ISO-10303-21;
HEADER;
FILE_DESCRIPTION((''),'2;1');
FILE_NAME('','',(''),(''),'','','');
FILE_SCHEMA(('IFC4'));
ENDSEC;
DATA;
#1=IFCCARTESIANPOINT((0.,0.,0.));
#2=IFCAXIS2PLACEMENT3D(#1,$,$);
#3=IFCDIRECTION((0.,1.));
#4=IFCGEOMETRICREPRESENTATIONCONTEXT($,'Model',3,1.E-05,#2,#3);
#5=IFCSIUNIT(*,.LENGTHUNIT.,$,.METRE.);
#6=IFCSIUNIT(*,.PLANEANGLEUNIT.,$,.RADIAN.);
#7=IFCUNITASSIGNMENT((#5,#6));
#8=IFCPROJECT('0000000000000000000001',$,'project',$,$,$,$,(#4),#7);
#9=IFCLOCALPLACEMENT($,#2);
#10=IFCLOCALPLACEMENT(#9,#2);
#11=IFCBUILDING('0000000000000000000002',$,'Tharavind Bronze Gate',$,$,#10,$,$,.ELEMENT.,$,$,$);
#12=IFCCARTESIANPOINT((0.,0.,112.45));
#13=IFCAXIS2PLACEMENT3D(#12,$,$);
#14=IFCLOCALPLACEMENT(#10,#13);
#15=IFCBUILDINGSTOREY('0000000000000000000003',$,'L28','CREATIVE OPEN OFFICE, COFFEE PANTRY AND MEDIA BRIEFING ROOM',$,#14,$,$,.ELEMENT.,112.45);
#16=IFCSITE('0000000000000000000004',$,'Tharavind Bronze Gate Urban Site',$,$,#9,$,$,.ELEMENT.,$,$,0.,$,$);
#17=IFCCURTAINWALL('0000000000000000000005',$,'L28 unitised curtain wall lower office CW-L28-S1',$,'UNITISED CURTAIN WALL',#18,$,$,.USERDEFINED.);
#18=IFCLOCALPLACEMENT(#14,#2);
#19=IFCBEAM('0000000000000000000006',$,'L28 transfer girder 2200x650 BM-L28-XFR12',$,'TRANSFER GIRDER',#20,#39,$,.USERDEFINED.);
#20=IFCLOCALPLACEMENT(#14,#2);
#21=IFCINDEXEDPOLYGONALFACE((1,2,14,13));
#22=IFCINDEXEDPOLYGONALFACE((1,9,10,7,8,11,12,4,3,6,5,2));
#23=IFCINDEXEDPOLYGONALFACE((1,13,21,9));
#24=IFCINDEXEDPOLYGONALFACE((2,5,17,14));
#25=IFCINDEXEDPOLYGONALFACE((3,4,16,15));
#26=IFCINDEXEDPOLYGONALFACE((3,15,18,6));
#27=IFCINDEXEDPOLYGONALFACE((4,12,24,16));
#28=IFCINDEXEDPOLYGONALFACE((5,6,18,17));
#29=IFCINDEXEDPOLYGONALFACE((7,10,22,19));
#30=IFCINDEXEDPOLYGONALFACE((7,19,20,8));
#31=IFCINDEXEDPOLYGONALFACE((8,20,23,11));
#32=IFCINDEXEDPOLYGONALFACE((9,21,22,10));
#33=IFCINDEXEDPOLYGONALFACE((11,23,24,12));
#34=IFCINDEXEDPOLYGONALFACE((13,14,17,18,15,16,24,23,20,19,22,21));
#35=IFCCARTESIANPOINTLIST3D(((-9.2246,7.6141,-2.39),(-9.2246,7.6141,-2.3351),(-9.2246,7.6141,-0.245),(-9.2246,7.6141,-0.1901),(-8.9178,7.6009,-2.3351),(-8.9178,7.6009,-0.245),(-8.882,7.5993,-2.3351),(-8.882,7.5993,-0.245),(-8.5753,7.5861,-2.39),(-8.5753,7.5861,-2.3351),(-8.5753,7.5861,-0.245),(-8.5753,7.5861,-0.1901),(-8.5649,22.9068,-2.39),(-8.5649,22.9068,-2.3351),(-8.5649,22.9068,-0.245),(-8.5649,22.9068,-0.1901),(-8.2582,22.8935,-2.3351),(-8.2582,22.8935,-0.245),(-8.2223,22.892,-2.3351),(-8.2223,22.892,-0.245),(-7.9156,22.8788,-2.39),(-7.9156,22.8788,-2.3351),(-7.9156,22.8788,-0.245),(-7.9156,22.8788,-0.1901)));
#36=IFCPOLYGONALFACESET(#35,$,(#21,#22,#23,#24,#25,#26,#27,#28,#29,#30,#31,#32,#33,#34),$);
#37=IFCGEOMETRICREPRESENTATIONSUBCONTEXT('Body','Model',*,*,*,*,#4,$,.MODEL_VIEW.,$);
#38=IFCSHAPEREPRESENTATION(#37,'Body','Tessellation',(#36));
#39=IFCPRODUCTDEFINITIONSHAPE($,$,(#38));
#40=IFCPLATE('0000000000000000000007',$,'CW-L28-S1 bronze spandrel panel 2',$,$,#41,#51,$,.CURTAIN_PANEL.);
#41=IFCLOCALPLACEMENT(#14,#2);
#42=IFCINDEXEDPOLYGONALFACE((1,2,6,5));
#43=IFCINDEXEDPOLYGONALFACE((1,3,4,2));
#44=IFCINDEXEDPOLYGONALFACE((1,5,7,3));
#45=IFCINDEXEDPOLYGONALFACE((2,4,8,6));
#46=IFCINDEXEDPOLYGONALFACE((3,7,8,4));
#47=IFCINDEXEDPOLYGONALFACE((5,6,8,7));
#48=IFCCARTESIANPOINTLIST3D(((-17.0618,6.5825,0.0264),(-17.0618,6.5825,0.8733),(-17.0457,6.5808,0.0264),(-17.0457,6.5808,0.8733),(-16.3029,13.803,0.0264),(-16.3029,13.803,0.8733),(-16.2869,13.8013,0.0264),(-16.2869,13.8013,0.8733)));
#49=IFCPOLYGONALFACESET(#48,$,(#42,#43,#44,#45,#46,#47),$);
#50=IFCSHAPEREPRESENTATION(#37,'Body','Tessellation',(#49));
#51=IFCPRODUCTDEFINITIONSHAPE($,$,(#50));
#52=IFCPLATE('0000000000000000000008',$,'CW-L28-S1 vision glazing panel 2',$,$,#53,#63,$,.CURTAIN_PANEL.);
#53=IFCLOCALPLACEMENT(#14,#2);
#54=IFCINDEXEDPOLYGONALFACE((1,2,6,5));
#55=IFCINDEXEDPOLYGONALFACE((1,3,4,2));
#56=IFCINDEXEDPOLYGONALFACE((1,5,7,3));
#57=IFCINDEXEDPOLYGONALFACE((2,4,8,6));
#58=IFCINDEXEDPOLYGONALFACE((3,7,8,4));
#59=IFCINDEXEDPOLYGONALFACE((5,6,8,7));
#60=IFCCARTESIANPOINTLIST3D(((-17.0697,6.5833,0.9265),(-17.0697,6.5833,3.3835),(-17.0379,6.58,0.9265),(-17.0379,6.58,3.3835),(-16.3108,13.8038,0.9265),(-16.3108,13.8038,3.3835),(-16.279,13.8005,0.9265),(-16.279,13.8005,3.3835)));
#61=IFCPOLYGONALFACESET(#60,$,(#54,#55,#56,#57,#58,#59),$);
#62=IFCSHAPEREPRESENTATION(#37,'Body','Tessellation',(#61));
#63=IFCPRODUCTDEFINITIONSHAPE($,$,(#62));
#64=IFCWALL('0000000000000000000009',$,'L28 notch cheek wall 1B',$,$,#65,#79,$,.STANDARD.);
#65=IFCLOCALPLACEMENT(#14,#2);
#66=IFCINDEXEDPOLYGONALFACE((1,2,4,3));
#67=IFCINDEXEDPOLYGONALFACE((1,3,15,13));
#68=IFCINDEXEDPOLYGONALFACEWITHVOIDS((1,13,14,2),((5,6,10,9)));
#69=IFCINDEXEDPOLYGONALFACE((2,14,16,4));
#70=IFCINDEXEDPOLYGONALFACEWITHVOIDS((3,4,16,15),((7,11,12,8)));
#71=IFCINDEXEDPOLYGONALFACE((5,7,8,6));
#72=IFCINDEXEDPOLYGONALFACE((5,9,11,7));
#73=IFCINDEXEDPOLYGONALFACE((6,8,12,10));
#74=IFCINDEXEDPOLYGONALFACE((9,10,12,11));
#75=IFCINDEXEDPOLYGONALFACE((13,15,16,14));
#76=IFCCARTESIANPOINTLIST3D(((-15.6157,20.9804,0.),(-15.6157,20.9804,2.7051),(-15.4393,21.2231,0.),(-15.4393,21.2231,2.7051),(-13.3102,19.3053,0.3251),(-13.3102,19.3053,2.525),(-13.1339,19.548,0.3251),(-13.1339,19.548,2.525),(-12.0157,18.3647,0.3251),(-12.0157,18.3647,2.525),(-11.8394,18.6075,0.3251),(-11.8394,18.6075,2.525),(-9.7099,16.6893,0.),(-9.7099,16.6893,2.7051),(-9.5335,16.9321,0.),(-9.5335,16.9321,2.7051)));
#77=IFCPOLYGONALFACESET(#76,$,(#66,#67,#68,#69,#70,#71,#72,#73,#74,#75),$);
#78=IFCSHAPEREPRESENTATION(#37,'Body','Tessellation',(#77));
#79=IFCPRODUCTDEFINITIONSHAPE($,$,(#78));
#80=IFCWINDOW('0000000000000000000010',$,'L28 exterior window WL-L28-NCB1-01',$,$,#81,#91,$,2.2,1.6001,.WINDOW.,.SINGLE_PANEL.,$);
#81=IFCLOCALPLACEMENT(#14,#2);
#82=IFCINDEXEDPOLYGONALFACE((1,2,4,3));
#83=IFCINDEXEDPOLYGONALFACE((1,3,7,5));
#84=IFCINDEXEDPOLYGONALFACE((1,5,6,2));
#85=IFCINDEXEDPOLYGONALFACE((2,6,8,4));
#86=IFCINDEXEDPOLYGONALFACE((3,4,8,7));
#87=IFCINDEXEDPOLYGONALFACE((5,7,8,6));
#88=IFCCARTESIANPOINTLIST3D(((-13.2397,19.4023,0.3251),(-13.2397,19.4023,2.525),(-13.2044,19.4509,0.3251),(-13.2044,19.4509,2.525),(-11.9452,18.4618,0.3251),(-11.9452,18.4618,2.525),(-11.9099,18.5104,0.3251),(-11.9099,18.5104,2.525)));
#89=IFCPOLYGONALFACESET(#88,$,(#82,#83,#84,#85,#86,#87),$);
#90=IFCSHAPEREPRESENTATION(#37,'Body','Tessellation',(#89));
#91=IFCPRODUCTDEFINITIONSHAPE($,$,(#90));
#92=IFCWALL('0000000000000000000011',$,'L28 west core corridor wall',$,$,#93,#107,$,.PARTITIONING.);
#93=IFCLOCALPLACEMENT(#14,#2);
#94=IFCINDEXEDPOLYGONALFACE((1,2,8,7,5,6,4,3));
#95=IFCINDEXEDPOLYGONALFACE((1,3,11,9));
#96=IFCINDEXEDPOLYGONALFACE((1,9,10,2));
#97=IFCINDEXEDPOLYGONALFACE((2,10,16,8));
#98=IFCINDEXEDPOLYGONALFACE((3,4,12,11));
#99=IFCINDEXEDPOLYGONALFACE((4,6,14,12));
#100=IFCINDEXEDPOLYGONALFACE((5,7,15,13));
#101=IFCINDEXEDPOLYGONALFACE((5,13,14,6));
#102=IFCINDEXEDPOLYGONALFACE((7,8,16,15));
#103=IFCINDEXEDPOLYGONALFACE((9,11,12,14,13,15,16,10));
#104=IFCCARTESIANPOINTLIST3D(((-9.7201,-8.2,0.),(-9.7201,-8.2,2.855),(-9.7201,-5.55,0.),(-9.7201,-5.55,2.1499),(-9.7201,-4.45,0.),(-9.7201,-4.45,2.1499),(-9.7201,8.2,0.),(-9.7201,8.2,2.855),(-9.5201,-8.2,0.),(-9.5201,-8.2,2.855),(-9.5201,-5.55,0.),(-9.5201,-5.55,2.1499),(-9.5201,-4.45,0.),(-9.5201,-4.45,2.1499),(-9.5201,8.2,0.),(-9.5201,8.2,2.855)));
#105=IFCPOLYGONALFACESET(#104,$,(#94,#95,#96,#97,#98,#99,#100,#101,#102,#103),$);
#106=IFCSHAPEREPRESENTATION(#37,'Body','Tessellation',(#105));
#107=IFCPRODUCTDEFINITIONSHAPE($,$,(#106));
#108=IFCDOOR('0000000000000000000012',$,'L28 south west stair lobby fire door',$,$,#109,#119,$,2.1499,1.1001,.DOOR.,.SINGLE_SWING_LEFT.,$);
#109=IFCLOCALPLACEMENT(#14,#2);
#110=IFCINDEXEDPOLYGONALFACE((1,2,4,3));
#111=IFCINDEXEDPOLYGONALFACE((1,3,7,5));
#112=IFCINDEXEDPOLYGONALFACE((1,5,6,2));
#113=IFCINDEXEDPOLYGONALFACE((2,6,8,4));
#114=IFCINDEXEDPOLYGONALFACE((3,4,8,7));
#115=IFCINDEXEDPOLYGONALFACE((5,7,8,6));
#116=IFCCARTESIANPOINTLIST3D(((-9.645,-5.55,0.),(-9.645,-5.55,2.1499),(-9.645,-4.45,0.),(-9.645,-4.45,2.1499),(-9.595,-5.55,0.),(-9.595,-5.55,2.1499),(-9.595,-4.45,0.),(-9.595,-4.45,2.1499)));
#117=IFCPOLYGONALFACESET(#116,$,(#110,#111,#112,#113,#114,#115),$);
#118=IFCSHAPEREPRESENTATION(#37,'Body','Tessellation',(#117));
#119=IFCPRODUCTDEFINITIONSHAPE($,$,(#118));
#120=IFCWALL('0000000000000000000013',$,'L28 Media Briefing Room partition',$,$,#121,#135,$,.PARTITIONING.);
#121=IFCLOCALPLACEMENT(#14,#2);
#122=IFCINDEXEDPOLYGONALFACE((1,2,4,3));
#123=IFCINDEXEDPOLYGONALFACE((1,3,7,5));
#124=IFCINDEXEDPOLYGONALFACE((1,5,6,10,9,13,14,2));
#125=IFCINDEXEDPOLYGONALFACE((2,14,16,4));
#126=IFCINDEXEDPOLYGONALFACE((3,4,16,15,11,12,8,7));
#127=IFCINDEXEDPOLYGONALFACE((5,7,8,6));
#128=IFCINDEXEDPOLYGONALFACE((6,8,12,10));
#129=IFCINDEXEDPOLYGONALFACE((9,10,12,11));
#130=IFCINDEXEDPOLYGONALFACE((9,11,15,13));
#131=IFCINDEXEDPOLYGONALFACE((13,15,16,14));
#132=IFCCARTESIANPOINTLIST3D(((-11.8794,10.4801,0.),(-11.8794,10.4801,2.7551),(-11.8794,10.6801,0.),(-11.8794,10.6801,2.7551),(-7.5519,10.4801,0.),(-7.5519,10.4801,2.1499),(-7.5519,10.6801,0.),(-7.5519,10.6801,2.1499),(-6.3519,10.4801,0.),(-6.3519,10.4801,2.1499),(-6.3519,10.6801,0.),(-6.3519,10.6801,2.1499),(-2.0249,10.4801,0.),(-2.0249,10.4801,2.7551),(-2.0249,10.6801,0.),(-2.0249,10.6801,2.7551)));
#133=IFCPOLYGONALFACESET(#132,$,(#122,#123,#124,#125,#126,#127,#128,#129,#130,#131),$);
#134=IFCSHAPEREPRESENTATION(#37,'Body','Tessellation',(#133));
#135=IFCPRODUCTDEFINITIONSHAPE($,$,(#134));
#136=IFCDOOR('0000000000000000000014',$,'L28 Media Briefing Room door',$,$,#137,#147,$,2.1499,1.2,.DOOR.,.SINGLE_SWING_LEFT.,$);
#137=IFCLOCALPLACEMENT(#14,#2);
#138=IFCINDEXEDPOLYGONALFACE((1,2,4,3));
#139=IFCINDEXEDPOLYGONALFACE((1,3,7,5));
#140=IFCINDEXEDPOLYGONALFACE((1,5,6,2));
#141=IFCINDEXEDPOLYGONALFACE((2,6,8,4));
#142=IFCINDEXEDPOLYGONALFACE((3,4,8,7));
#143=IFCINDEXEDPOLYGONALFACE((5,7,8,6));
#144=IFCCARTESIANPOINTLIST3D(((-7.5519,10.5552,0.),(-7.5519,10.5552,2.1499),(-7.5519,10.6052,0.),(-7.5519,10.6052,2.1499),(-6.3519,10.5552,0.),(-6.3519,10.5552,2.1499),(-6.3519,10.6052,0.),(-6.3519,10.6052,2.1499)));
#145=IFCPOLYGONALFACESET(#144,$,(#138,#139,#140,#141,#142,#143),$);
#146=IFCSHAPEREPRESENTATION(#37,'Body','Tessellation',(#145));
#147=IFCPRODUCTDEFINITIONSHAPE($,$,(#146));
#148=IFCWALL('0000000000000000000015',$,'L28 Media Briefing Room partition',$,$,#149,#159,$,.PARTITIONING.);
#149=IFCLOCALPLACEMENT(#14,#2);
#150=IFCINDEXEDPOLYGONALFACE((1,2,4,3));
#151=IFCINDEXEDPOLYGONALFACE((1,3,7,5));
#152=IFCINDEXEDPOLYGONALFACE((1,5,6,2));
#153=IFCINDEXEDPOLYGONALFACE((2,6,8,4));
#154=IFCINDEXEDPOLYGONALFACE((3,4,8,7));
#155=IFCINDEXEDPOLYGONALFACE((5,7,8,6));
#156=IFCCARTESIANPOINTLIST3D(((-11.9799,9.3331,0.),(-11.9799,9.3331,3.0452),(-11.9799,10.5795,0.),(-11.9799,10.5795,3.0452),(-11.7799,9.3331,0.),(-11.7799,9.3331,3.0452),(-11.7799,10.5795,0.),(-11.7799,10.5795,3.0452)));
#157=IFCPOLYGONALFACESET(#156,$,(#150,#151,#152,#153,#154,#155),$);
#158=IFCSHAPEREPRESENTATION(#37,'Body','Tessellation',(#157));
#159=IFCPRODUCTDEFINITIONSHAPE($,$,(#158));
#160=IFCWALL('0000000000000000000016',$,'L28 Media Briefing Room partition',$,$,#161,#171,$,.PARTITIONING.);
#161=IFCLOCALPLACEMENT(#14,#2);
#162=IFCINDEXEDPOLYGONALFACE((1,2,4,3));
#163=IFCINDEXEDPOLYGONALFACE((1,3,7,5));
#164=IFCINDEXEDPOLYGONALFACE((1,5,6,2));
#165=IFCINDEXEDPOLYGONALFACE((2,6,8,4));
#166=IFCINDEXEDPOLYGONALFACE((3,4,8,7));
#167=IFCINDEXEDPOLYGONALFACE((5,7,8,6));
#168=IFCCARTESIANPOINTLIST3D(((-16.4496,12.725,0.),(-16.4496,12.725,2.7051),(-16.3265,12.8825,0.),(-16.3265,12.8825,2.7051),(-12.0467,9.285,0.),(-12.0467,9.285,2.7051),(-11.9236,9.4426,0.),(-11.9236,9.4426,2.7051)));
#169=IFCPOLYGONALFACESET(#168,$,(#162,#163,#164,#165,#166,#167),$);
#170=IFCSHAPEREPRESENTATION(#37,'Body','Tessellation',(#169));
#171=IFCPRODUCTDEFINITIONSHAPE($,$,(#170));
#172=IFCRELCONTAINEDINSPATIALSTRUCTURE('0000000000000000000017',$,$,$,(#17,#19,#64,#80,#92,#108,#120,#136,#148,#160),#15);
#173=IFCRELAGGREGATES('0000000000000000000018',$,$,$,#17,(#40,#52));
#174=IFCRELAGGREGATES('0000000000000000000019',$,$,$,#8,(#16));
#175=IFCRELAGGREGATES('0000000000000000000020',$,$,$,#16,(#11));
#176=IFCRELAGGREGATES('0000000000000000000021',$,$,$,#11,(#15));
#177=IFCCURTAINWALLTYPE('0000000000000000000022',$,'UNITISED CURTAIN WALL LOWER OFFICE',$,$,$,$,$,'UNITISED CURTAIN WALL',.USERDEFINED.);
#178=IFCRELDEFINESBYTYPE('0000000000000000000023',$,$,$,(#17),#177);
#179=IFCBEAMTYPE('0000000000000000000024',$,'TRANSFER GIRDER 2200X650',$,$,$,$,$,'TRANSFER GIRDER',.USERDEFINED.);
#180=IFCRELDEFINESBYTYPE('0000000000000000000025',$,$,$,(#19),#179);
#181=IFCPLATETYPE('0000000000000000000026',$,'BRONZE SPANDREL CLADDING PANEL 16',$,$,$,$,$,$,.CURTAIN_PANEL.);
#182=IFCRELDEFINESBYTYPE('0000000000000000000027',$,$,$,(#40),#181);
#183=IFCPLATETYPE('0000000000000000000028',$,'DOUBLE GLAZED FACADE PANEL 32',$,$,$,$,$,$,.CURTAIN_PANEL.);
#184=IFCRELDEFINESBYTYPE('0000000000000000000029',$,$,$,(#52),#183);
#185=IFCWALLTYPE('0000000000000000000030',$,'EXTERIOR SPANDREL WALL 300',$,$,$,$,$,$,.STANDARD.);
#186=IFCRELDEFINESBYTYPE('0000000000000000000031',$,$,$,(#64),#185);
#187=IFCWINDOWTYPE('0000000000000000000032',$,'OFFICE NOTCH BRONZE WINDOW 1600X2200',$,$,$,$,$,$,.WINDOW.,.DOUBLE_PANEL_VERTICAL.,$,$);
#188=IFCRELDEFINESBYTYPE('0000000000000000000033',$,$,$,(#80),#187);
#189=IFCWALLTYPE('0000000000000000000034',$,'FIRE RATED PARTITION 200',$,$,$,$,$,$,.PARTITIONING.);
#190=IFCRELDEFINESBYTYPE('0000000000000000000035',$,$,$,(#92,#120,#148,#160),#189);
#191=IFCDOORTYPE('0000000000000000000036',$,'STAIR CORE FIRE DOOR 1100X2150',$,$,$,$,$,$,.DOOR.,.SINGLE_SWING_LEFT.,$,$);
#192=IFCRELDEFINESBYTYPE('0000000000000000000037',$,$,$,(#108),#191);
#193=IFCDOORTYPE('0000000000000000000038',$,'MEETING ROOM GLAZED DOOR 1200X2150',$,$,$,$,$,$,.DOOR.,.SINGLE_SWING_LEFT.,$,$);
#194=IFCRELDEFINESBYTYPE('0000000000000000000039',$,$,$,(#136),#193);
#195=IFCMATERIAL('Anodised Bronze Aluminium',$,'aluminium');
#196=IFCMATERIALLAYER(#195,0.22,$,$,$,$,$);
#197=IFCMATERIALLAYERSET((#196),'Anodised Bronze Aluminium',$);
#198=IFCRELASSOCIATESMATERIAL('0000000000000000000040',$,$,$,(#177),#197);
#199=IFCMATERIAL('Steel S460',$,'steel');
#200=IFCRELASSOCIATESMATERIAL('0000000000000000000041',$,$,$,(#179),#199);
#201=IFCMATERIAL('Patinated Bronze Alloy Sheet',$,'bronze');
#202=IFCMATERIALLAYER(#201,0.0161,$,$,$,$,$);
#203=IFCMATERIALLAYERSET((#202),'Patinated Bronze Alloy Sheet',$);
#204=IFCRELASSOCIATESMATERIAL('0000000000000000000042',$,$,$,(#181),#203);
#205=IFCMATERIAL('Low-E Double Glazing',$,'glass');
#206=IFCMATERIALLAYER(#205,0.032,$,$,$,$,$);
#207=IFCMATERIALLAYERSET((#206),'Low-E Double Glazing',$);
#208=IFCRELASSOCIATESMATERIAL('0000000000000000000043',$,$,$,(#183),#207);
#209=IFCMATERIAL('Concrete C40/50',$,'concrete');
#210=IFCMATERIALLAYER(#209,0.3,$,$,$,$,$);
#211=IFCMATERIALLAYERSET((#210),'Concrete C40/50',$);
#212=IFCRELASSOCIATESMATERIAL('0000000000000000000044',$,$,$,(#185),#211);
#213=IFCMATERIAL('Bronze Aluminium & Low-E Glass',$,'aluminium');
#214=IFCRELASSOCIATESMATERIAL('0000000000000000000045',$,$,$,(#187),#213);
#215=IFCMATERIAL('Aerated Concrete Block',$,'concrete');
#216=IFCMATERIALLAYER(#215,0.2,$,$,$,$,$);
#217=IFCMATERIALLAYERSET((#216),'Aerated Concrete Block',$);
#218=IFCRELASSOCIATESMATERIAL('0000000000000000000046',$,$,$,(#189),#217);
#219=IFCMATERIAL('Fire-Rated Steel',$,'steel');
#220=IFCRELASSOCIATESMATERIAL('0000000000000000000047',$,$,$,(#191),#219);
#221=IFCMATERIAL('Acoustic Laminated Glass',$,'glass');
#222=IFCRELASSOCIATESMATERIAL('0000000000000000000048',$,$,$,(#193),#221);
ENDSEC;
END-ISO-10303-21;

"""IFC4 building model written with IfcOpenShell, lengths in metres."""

from ifc_helpers import new_model, si_unit, direction, frame, frame_2d, origin, origin_2d, place, context, subcontext, project, spatial, rectangle, i_section, extrude, material, layer, layer_set, material_profile, profile_set, type_object, element, fill, aggregate, save


model = new_model("IFC4")

# Units and contexts
model_context = context("Model", 3, precision=1e-05, world=origin(), true_north=direction((0.0, 1.0)))
body_context = subcontext(model_context, "Body", "Model", "MODEL_VIEW")
ifc_project = project(units=[si_unit("LENGTHUNIT", "METRE"), si_unit("PLANEANGLEUNIT", "RADIAN")], contexts=[model_context])

# Site, building, storey
site_placement = place(None, origin())
site = spatial("IfcSite", under=ifc_project, at=site_placement, Name="Tharavind Bronze Gate Urban Site", CompositionType="ELEMENT", RefElevation=0.0)
building_placement = place(site_placement, origin())
building = spatial("IfcBuilding", under=site, at=building_placement, Name="Tharavind Bronze Gate", CompositionType="ELEMENT")
storey_placement = place(building_placement, frame((0.0, 0.0, 112.45)))
storey = spatial("IfcBuildingStorey", under=building, at=storey_placement, Name="L28", Description="CREATIVE OPEN OFFICE, COFFEE PANTRY AND MEDIA BRIEFING ROOM", CompositionType="ELEMENT", Elevation=112.45)

# Curtain wall
ifc_material_1 = material(Name="Anodised Bronze Aluminium", Category="aluminium")
ifc_layer_1 = layer(ifc_material_1, 0.22)
ifc_layer_set_1 = layer_set([ifc_layer_1], Name="Anodised Bronze Aluminium")
curtain_wall_type = type_object("IfcCurtainWallType", Name="UNITISED CURTAIN WALL LOWER OFFICE", ElementType="UNITISED CURTAIN WALL", PredefinedType="USERDEFINED", material=ifc_layer_set_1)
curtain_wall_placement = place(storey_placement, origin())
curtain_wall = element("IfcCurtainWall", 1, at=curtain_wall_placement, inside=storey, type_object=curtain_wall_type, Name="L28 unitised curtain wall lower office CW-L28-S1", ObjectType="UNITISED CURTAIN WALL", PredefinedType="USERDEFINED")

# Beam
ifc_material_2 = material(Name="Steel S460", Category="steel")
ifc_material_profile_1 = material_profile(ifc_material_2, i_section(OverallWidth=0.6499, OverallDepth=2.2, WebThickness=0.0359, FlangeThickness=0.0549, at=origin_2d()), Name="PG2200X650")
ifc_profile_set_1 = profile_set([ifc_material_profile_1], Name="Steel S460")
beam_type_1 = type_object("IfcBeamType", Name="TRANSFER GIRDER 2200X650", ElementType="TRANSFER GIRDER", PredefinedType="USERDEFINED", material=ifc_profile_set_1)
beam_1_placement = place(storey_placement, frame((-8.8999, 7.6001, -1.29), z_axis=(0.043096, 0.999071, 0.0), x_axis=(-0.999071, 0.043096, 0.0)))
element("IfcBeam", 2, at=beam_1_placement, inside=storey, type_object=beam_type_1, Name="L28 transfer girder 2200x650 BM-L28-XFR12", ObjectType="TRANSFER GIRDER", PredefinedType="USERDEFINED", context=body_context, shape_type="SweptSolid", body=[
    extrude(i_section(OverallWidth=0.6499, OverallDepth=2.2, WebThickness=0.0359, FlangeThickness=0.0549, at=origin_2d()), origin(), (0.0, 0.0, 1.0), 15.3069),
])

# Plates
ifc_material_3 = material(Name="Patinated Bronze Alloy Sheet", Category="bronze")
ifc_layer_2 = layer(ifc_material_3, 0.0161)
ifc_layer_set_2 = layer_set([ifc_layer_2], Name="Patinated Bronze Alloy Sheet")
plate_type_1 = type_object("IfcPlateType", Name="BRONZE SPANDREL CLADDING PANEL 16", PredefinedType="CURTAIN_PANEL", material=ifc_layer_set_2)
plate_1_placement = place(storey_placement, frame((-16.6743, 10.1919, 0.0264), z_axis=(0.0, 0.0, 1.0), x_axis=(-0.104527, -0.994522, 0.0)))
plate_1 = element("IfcPlate", 3, at=plate_1_placement, type_object=plate_type_1, Name="CW-L28-S1 bronze spandrel panel 2", PredefinedType="CURTAIN_PANEL", context=body_context, shape_type="SweptSolid", body=[
    extrude(rectangle(XDim=7.2603, YDim=0.0161, at=origin_2d()), origin(), (0.0, 0.0, 1.0), 0.8469),
])
ifc_material_4 = material(Name="Low-E Double Glazing", Category="glass")
ifc_layer_3 = layer(ifc_material_4, 0.032)
ifc_layer_set_3 = layer_set([ifc_layer_3], Name="Low-E Double Glazing")
plate_type_2 = type_object("IfcPlateType", Name="DOUBLE GLAZED FACADE PANEL 32", PredefinedType="CURTAIN_PANEL", material=ifc_layer_set_3)
plate_2_placement = place(storey_placement, frame((-16.6743, 10.1919, 0.9265), z_axis=(0.0, 0.0, 1.0), x_axis=(-0.104527, -0.994522, 0.0)))
plate_2 = element("IfcPlate", 4, at=plate_2_placement, type_object=plate_type_2, Name="CW-L28-S1 vision glazing panel 2", PredefinedType="CURTAIN_PANEL", context=body_context, shape_type="SweptSolid", body=[
    extrude(rectangle(XDim=7.2603, YDim=0.032, at=origin_2d()), origin(), (0.0, 0.0, 1.0), 2.457),
])
aggregate(curtain_wall, [plate_1, plate_2])

# Wall, opening, window
ifc_material_5 = material(Name="Concrete C40/50", Category="concrete")
ifc_layer_4 = layer(ifc_material_5, 0.3)
ifc_layer_set_4 = layer_set([ifc_layer_4], Name="Concrete C40/50")
wall_type_1 = type_object("IfcWallType", Name="EXTERIOR SPANDREL WALL 300", PredefinedType="STANDARD", material=ifc_layer_set_4)
wall_1_placement = place(storey_placement, frame((-9.6218, 16.8108, 0.0), z_axis=(0.0, 0.0, 1.0), x_axis=(-0.809002, 0.587806, 0.0)))
wall_1 = element("IfcWall", 5, at=wall_1_placement, inside=storey, type_object=wall_type_1, Name="L28 notch cheek wall 1B", PredefinedType="STANDARD", context=body_context, shape_type="SweptSolid", body=[
    extrude(rectangle(XDim=7.3, YDim=0.3, at=frame_2d((3.6499, 0.0))), origin(), (0.0, 0.0, 1.0), 2.7051),
])
opening_1_placement = place(wall_1_placement, frame((2.8501, 0.0, 0.325)))
opening_1 = element("IfcOpeningElement", 6, at=opening_1_placement, cuts=wall_1, PredefinedType="OPENING", context=body_context, shape_type="SweptSolid", body=[
    extrude(rectangle(XDim=1.6001, YDim=2.2, at=frame_2d((0.8, 1.1001))), frame((0.0, 0.1599, 0.0), z_axis=(0.0, -1.0, 0.0), x_axis=(1.0, 0.0, 0.0)), (0.0, 0.0, 1.0), 0.32),
])
ifc_material_6 = material(Name="Bronze Aluminium & Low-E Glass", Category="aluminium")
window_type = type_object("IfcWindowType", Name="OFFICE NOTCH BRONZE WINDOW 1600X2200", PartitioningType="DOUBLE_PANEL_VERTICAL", PredefinedType="WINDOW", material=ifc_material_6)
window_placement = place(opening_1_placement, origin())
window = element("IfcWindow", 7, at=window_placement, inside=storey, type_object=window_type, Name="L28 exterior window WL-L28-NCB1-01", OverallHeight=2.2, OverallWidth=1.6001, PartitioningType="SINGLE_PANEL", PredefinedType="WINDOW", context=body_context, shape_type="SweptSolid", body=[
    extrude(rectangle(XDim=1.6001, YDim=2.2, at=frame_2d((0.8, 1.1001))), frame((0.0, 0.03, 0.0), z_axis=(0.0, -1.0, 0.0), x_axis=(1.0, 0.0, 0.0)), (0.0, 0.0, 1.0), 0.0601),
])
fill(opening_1, window)

# Walls, openings, doors
ifc_material_7 = material(Name="Aerated Concrete Block", Category="concrete")
ifc_layer_5 = layer(ifc_material_7, 0.2)
ifc_layer_set_5 = layer_set([ifc_layer_5], Name="Aerated Concrete Block")
wall_type_2 = type_object("IfcWallType", Name="FIRE RATED PARTITION 200", PredefinedType="PARTITIONING", material=ifc_layer_set_5)
wall_2_placement = place(storey_placement, frame((-9.6201, 8.2, 0.0), z_axis=(0.0, 0.0, 1.0), x_axis=(0.0, -1.0, 0.0)))
wall_2 = element("IfcWall", 8, at=wall_2_placement, inside=storey, type_object=wall_type_2, Name="L28 west core corridor wall", PredefinedType="PARTITIONING", context=body_context, shape_type="SweptSolid", body=[
    extrude(rectangle(XDim=16.3999, YDim=0.2, at=frame_2d((8.2, 0.0))), origin(), (0.0, 0.0, 1.0), 2.855),
])
opening_2_placement = place(wall_2_placement, frame((12.6499, 0.0, 0.0)))
opening_2 = element("IfcOpeningElement", 9, at=opening_2_placement, cuts=wall_2, PredefinedType="OPENING", context=body_context, shape_type="SweptSolid", body=[
    extrude(rectangle(XDim=1.1001, YDim=2.1499, at=frame_2d((0.55, 1.075))), frame((0.0, 0.1101, 0.0), z_axis=(0.0, -1.0, 0.0), x_axis=(1.0, 0.0, 0.0)), (0.0, 0.0, 1.0), 0.22),
])
ifc_material_8 = material(Name="Fire-Rated Steel", Category="steel")
door_type_1 = type_object("IfcDoorType", Name="STAIR CORE FIRE DOOR 1100X2150", OperationType="SINGLE_SWING_LEFT", PredefinedType="DOOR", material=ifc_material_8)
door_1_placement = place(opening_2_placement, frame((1.1001, 0.0, 0.0), z_axis=(0.0, 0.0, 1.0), x_axis=(-1.0, 0.0, 0.0)))
door_1 = element("IfcDoor", 10, at=door_1_placement, inside=storey, type_object=door_type_1, Name="L28 south west stair lobby fire door", OperationType="SINGLE_SWING_LEFT", OverallHeight=2.1499, OverallWidth=1.1001, PredefinedType="DOOR", context=body_context, shape_type="SweptSolid", body=[
    extrude(rectangle(XDim=1.1001, YDim=2.1499, at=frame_2d((0.55, 1.075))), frame((0.0, 0.0249, 0.0), z_axis=(0.0, -1.0, 0.0), x_axis=(1.0, 0.0, 0.0)), (0.0, 0.0, 1.0), 0.05),
])
fill(opening_2, door_1)
wall_3_placement = place(storey_placement, frame((-2.0249, 10.5801, 0.0), z_axis=(0.0, 0.0, 1.0), x_axis=(-1.0, 0.0, 0.0)))
wall_3 = element("IfcWall", 11, at=wall_3_placement, inside=storey, type_object=wall_type_2, Name="L28 Media Briefing Room partition", PredefinedType="PARTITIONING", context=body_context, shape_type="SweptSolid", body=[
    extrude(rectangle(XDim=9.8545, YDim=0.2, at=frame_2d((4.9272, 0.0))), origin(), (0.0, 0.0, 1.0), 2.7551),
])
opening_3_placement = place(wall_3_placement, frame((4.3269, 0.0, 0.0)))
opening_3 = element("IfcOpeningElement", 12, at=opening_3_placement, cuts=wall_3, PredefinedType="OPENING", context=body_context, shape_type="SweptSolid", body=[
    extrude(rectangle(XDim=1.2, YDim=2.1499, at=frame_2d((0.6001, 1.075))), frame((0.0, 0.1101, 0.0), z_axis=(0.0, -1.0, 0.0), x_axis=(1.0, 0.0, 0.0)), (0.0, 0.0, 1.0), 0.22),
])
ifc_material_9 = material(Name="Acoustic Laminated Glass", Category="glass")
door_type_2 = type_object("IfcDoorType", Name="MEETING ROOM GLAZED DOOR 1200X2150", OperationType="SINGLE_SWING_LEFT", PredefinedType="DOOR", material=ifc_material_9)
door_2_placement = place(opening_3_placement, origin())
door_2 = element("IfcDoor", 13, at=door_2_placement, inside=storey, type_object=door_type_2, Name="L28 Media Briefing Room door", OperationType="SINGLE_SWING_LEFT", OverallHeight=2.1499, OverallWidth=1.2, PredefinedType="DOOR", context=body_context, shape_type="SweptSolid", body=[
    extrude(rectangle(XDim=1.2, YDim=2.1499, at=frame_2d((0.6001, 1.075))), frame((0.0, 0.0249, 0.0), z_axis=(0.0, -1.0, 0.0), x_axis=(1.0, 0.0, 0.0)), (0.0, 0.0, 1.0), 0.05),
])
fill(opening_3, door_2)

# Walls
wall_4_placement = place(storey_placement, frame((-11.8799, 10.5793, 0.0), z_axis=(0.0, 0.0, 1.0), x_axis=(0.0, -1.0, 0.0)))
element("IfcWall", 14, at=wall_4_placement, inside=storey, type_object=wall_type_2, Name="L28 Media Briefing Room partition", PredefinedType="PARTITIONING", context=body_context, shape_type="SweptSolid", body=[
    extrude(rectangle(XDim=1.2463, YDim=0.2, at=frame_2d((0.623, 0.0))), origin(), (0.0, 0.0, 1.0), 3.0452),
])
wall_5_placement = place(storey_placement, frame((-11.9851, 9.3638, 0.0), z_axis=(0.0, 0.0, 1.0), x_axis=(-0.788004, 0.615669, 0.0)))
element("IfcWall", 15, at=wall_5_placement, inside=storey, type_object=wall_type_2, Name="L28 Media Briefing Room partition", PredefinedType="PARTITIONING", context=body_context, shape_type="SweptSolid", body=[
    extrude(rectangle(XDim=5.5874, YDim=0.2, at=frame_2d((2.7937, 0.0))), origin(), (0.0, 0.0, 1.0), 2.7051),
])

save(model, "model.ifc")
